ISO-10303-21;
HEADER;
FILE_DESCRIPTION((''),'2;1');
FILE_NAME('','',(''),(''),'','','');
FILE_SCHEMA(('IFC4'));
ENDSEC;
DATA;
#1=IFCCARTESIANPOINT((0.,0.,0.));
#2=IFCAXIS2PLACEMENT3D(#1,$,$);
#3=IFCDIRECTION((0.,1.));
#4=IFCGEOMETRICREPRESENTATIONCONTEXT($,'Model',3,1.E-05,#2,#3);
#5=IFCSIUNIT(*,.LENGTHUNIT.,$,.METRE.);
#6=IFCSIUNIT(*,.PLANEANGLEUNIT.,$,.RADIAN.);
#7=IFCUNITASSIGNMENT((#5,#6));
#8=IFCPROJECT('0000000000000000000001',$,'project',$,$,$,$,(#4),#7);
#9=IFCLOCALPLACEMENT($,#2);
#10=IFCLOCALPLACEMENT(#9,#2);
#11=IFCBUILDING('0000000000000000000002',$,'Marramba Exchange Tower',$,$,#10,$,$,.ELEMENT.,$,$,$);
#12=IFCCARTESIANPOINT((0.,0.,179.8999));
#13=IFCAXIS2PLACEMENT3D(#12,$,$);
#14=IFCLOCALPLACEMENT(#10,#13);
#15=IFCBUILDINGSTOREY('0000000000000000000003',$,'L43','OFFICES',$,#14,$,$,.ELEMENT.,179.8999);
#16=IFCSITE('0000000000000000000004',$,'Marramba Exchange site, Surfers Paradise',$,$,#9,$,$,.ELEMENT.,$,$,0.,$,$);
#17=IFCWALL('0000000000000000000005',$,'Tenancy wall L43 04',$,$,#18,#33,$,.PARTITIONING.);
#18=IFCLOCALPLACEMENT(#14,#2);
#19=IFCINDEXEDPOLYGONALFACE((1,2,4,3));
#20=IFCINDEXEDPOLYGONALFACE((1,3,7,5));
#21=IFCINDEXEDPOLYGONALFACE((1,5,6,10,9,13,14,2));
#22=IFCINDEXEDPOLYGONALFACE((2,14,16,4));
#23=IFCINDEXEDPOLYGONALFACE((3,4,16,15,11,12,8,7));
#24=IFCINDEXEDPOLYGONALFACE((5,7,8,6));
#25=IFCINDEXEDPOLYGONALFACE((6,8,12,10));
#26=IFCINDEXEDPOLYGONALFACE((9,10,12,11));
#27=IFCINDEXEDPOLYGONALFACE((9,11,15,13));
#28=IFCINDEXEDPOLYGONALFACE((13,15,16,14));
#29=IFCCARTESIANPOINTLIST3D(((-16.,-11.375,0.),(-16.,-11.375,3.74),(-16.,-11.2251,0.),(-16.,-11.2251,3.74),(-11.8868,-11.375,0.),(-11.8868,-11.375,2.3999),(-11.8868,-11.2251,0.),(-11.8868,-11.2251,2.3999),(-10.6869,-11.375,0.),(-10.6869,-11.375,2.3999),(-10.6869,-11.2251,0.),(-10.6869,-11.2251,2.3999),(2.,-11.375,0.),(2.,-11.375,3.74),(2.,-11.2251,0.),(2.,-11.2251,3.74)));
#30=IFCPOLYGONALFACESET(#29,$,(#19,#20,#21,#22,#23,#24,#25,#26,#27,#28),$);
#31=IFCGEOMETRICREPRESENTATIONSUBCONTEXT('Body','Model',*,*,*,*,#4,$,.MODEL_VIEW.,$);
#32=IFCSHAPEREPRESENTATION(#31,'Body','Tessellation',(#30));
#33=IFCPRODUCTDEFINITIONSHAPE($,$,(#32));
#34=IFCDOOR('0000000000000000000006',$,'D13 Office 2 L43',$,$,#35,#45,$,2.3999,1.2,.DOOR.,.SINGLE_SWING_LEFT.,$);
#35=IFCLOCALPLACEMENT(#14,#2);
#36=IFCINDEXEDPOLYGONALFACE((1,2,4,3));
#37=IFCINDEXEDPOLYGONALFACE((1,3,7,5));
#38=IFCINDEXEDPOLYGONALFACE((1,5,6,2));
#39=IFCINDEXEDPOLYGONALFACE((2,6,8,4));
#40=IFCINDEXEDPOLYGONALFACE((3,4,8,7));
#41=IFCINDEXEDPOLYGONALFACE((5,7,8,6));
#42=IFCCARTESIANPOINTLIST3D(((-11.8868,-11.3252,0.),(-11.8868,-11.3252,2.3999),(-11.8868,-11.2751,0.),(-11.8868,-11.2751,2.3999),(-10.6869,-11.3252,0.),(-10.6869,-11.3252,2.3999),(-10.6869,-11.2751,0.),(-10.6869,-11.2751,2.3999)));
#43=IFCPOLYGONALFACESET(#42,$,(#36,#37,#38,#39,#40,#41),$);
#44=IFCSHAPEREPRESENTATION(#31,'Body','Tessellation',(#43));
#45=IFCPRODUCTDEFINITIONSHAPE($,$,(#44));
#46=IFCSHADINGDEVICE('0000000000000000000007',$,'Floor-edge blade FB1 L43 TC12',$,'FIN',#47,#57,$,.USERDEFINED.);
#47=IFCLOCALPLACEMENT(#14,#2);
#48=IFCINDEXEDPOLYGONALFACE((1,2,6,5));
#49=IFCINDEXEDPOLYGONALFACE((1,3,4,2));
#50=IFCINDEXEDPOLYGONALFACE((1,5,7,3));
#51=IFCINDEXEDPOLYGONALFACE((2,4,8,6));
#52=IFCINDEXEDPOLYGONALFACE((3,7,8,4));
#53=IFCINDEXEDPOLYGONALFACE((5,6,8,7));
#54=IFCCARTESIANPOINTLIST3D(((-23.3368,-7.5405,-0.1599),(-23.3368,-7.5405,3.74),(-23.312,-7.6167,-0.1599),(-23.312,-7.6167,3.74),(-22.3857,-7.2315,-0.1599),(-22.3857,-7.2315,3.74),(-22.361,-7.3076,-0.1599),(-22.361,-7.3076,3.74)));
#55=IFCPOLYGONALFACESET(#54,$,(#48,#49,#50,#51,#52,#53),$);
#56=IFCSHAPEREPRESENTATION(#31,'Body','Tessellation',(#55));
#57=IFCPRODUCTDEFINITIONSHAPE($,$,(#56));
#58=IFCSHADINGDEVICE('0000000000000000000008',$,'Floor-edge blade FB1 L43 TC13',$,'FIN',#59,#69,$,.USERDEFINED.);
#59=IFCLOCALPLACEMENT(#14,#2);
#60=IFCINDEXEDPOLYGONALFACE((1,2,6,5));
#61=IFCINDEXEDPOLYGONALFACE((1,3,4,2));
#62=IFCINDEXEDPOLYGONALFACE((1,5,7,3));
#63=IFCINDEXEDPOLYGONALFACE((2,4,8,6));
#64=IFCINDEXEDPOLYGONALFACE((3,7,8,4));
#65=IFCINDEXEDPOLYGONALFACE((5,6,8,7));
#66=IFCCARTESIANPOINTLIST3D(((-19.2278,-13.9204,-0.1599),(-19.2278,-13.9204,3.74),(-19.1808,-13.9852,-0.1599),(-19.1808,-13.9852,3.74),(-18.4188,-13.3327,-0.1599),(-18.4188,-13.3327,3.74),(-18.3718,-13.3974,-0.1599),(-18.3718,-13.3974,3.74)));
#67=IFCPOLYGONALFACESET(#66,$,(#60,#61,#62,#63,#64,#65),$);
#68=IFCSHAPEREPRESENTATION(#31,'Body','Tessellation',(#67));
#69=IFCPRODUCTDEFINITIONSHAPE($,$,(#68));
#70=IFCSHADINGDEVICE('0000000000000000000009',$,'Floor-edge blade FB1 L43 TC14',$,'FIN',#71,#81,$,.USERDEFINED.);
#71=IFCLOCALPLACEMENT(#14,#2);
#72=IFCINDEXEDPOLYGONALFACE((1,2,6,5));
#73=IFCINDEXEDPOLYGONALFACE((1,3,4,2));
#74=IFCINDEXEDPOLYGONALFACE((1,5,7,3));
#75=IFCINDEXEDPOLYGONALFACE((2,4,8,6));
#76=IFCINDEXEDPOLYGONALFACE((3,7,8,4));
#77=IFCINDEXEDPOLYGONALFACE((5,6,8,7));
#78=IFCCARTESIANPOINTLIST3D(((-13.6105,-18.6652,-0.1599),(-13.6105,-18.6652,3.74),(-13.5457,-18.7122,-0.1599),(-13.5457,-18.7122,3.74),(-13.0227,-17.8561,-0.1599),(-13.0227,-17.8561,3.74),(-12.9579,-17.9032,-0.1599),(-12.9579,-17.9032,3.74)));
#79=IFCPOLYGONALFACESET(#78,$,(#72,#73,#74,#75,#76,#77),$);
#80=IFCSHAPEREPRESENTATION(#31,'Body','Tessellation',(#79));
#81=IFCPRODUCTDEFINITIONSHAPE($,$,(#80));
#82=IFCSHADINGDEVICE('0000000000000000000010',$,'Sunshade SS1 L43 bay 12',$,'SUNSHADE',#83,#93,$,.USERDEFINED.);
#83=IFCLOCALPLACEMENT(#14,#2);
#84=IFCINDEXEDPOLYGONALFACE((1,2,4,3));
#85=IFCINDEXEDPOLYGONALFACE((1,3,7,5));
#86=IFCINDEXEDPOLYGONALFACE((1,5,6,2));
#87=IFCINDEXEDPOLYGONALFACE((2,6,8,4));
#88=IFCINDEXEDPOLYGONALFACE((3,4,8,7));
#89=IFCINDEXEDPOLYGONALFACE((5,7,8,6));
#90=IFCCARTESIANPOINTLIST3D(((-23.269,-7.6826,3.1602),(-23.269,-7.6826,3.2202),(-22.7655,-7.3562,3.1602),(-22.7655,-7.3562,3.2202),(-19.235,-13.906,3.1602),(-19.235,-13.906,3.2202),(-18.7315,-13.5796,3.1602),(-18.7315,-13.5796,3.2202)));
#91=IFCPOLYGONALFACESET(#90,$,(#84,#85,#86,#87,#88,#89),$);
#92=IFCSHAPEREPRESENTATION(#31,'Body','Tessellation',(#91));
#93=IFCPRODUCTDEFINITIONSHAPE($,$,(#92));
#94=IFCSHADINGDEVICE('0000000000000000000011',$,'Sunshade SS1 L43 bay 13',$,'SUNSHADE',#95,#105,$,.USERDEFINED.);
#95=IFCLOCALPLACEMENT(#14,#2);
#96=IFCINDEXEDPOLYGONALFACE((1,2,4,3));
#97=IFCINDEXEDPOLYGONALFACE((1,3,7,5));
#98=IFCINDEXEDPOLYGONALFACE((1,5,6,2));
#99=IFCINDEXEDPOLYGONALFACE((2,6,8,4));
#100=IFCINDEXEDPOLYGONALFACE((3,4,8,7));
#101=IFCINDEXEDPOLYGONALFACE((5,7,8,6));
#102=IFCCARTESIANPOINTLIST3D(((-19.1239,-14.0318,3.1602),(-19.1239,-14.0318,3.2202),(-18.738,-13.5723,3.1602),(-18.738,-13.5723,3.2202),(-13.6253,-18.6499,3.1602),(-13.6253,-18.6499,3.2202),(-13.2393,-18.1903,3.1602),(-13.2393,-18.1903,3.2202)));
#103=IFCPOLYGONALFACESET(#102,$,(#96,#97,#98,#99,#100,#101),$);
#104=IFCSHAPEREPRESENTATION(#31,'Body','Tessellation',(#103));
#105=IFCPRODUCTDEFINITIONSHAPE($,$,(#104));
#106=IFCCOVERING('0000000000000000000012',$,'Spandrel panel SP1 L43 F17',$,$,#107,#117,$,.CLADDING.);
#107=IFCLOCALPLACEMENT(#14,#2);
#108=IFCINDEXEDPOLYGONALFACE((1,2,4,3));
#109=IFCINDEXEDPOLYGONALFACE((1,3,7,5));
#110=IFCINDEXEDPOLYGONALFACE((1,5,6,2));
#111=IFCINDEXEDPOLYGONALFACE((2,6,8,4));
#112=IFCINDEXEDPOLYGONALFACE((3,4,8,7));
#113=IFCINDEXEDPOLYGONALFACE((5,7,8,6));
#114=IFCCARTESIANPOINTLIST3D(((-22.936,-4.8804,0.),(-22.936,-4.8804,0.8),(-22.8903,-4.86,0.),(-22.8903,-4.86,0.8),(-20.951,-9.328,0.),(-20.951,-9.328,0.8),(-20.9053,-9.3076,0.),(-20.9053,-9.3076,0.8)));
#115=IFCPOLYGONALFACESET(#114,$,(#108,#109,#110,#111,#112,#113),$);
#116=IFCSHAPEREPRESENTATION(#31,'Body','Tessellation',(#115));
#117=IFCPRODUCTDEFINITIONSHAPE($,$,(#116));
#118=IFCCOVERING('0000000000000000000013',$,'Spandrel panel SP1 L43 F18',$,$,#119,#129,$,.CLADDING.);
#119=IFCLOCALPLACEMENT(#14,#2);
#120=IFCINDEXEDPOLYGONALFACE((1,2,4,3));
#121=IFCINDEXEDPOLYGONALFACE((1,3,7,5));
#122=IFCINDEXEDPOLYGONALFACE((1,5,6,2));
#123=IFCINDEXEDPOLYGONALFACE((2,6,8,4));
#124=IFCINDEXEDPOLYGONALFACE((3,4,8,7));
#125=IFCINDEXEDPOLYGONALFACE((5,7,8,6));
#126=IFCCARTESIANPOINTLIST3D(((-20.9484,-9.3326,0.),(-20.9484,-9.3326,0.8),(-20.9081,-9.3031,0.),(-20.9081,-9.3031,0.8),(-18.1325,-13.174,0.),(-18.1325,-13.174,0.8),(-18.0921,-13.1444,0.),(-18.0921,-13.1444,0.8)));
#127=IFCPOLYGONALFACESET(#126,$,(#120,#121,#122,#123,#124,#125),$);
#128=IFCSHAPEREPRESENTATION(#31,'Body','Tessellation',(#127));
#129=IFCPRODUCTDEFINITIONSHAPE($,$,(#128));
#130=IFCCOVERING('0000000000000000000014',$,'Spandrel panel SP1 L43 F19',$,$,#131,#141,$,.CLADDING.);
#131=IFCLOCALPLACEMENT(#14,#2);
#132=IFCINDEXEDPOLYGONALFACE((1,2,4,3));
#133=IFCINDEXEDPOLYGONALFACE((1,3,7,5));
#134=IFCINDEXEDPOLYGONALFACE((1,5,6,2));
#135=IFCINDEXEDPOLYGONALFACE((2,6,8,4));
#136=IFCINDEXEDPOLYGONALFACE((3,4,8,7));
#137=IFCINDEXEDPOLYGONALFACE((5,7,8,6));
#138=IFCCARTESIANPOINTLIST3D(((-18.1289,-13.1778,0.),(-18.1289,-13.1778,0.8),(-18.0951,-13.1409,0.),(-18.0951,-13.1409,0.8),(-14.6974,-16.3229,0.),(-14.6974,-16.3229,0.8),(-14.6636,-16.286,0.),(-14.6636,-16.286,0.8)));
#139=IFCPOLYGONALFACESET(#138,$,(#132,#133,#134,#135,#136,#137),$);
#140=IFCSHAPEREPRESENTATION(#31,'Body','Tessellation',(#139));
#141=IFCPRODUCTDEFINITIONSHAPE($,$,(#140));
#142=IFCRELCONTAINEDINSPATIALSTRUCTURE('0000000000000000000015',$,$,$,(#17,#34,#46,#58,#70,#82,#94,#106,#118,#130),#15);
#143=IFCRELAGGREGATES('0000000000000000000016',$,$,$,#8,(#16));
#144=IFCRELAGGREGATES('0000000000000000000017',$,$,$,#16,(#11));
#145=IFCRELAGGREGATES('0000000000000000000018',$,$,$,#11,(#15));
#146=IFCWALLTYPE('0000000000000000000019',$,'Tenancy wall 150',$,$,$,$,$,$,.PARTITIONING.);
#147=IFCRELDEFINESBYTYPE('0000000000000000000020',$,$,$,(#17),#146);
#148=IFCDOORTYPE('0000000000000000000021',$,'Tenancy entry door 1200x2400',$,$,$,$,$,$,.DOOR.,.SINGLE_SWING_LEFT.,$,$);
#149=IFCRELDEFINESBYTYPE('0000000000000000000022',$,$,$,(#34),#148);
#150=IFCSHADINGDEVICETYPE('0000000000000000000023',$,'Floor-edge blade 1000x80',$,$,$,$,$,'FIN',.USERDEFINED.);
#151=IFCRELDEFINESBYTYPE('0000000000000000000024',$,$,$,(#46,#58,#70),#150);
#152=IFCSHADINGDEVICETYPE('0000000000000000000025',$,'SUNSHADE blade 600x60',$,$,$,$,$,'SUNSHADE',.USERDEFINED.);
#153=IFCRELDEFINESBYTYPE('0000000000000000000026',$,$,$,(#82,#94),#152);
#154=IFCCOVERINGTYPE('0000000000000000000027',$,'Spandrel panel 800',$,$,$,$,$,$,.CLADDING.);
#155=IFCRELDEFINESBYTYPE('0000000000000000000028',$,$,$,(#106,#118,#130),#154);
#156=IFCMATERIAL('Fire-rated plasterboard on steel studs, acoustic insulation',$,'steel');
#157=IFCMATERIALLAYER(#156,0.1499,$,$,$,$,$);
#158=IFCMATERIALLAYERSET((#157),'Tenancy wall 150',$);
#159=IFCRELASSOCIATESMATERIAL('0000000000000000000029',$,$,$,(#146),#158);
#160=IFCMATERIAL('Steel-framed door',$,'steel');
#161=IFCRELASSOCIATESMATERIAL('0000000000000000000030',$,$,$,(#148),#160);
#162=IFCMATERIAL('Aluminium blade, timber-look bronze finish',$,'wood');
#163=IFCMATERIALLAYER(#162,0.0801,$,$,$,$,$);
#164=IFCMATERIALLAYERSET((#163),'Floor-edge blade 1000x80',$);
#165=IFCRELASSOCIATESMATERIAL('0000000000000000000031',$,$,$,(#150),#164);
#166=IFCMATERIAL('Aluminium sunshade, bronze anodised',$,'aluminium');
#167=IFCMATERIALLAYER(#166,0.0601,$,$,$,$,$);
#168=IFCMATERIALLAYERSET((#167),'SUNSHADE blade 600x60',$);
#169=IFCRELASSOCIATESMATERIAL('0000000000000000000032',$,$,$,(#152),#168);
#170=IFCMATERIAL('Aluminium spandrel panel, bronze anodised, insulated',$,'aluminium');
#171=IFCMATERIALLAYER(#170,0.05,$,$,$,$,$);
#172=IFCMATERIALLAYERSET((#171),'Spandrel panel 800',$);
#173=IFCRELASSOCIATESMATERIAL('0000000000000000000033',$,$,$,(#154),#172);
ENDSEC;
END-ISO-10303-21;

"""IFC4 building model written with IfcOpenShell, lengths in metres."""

from ifc_helpers import new_model, si_unit, direction, frame, frame_2d, origin, origin_2d, place, context, subcontext, project, spatial, rectangle, extrude, material, layer, layer_set, type_object, element, fill, save


model = new_model("IFC4")

# Units and contexts
model_context = context("Model", 3, precision=1e-05, world=origin(), true_north=direction((0.0, 1.0)))
body_context = subcontext(model_context, "Body", "Model", "MODEL_VIEW")
ifc_project = project(units=[si_unit("LENGTHUNIT", "METRE"), si_unit("PLANEANGLEUNIT", "RADIAN")], contexts=[model_context])

# Site, building, storey
site_placement = place(None, origin())
site = spatial("IfcSite", under=ifc_project, at=site_placement, Name="Marramba Exchange site, Surfers Paradise", CompositionType="ELEMENT", RefElevation=0.0)
building_placement = place(site_placement, origin())
building = spatial("IfcBuilding", under=site, at=building_placement, Name="Marramba Exchange Tower", CompositionType="ELEMENT")
storey_placement = place(building_placement, frame((0.0, 0.0, 179.8999)))
storey = spatial("IfcBuildingStorey", under=building, at=storey_placement, Name="L43", Description="OFFICES", CompositionType="ELEMENT", Elevation=179.8999)

# Shared definitions
ifc_material_1 = material(Name="Steel-framed door", Category="steel")

# Wall, opening, door
ifc_material_2 = material(Name="Fire-rated plasterboard on steel studs, acoustic insulation", Category="steel")
ifc_layer_1 = layer(ifc_material_2, 0.1499)
ifc_layer_set_1 = layer_set([ifc_layer_1], Name="Tenancy wall 150")
wall_type_1 = type_object("IfcWallType", Name="Tenancy wall 150", PredefinedType="PARTITIONING", material=ifc_layer_set_1)
wall_1_placement = place(storey_placement, frame((-16.0, -11.3, 0.0), z_axis=(0.0, 0.0, 1.0), x_axis=(1.0, 0.0, 0.0)))
wall_1 = element("IfcWall", 1, at=wall_1_placement, inside=storey, type_object=wall_type_1, Name="Tenancy wall L43 04", PredefinedType="PARTITIONING", context=body_context, shape_type="SweptSolid", body=[
    extrude(rectangle(XDim=18.0, YDim=0.1499, at=frame_2d((9.0, 0.0))), origin(), (0.0, 0.0, 1.0), 3.74),
])
opening_1_placement = place(wall_1_placement, frame((4.113, 0.0, 0.0)))
opening_1 = element("IfcOpeningElement", 2, at=opening_1_placement, cuts=wall_1, PredefinedType="OPENING", context=body_context, shape_type="SweptSolid", body=[
    extrude(rectangle(XDim=1.2, YDim=2.3999, at=frame_2d((0.6001, 1.2))), frame((0.0, 0.085, 0.0), z_axis=(0.0, -1.0, 0.0), x_axis=(1.0, 0.0, 0.0)), (0.0, 0.0, 1.0), 0.1699),
])
door_type_1 = type_object("IfcDoorType", Name="Tenancy entry door 1200x2400", OperationType="SINGLE_SWING_LEFT", PredefinedType="DOOR", material=ifc_material_1)
door_1_placement = place(opening_1_placement, origin())
door_1 = element("IfcDoor", 3, at=door_1_placement, inside=storey, type_object=door_type_1, Name="D13 Office 2 L43", OperationType="SINGLE_SWING_LEFT", OverallHeight=2.3999, OverallWidth=1.2, PredefinedType="DOOR", context=body_context, shape_type="SweptSolid", body=[
    extrude(rectangle(XDim=1.2, YDim=2.3999, at=frame_2d((0.6001, 1.2))), frame((0.0, 0.0249, 0.0), z_axis=(0.0, -1.0, 0.0), x_axis=(1.0, 0.0, 0.0)), (0.0, 0.0, 1.0), 0.05),
])
fill(opening_1, door_1)

# Shading devices
ifc_material_3 = material(Name="Aluminium blade, timber-look bronze finish", Category="wood")
ifc_layer_2 = layer(ifc_material_3, 0.0801)
ifc_layer_set_2 = layer_set([ifc_layer_2], Name="Floor-edge blade 1000x80")
shading_device_type_1 = type_object("IfcShadingDeviceType", Name="Floor-edge blade 1000x80", ElementType="FIN", PredefinedType="USERDEFINED", material=ifc_layer_set_2)
for number, where, z_axis, x_axis, name in (
    (4, (-22.8489, -7.4241, -0.1599), (0.0, 0.0, 1.0), (-0.951057, -0.309017, 0.0), "Floor-edge blade FB1 L43 TC12"),
    (5, (-18.7998, -13.6589, -0.1599), (0.0, 0.0, 1.0), (-0.809017, -0.587785, 0.0), "Floor-edge blade FB1 L43 TC13"),
    (6, (-13.2842, -18.2842, -0.1599), (0.0, 0.0, 1.0), (-0.587785, -0.809017, 0.0), "Floor-edge blade FB1 L43 TC14"),
):
    element("IfcShadingDevice", number, at=place(storey_placement, frame(where, z_axis=z_axis, x_axis=x_axis)), inside=storey, type_object=shading_device_type_1, Name=name, ObjectType="FIN", PredefinedType="USERDEFINED", context=body_context, shape_type="SweptSolid", body=[
        extrude(rectangle(XDim=1.0, YDim=0.0801, at=origin_2d()), origin(), (0.0, 0.0, 1.0), 3.8999),
    ])
ifc_material_4 = material(Name="Aluminium sunshade, bronze anodised", Category="aluminium")
ifc_layer_3 = layer(ifc_material_4, 0.0601)
ifc_layer_set_3 = layer_set([ifc_layer_3], Name="SUNSHADE blade 600x60")
shading_device_type_2 = type_object("IfcShadingDeviceType", Name="SUNSHADE blade 600x60", ElementType="SUNSHADE", PredefinedType="USERDEFINED", material=ifc_layer_set_3)
shading_device_1_placement = place(storey_placement, frame((-21.0002, -10.6311, 3.1602), z_axis=(0.0, 0.0, 1.0), x_axis=(0.543922, -0.839136, 0.0)))
element("IfcShadingDevice", 7, at=shading_device_1_placement, inside=storey, type_object=shading_device_type_2, Name="Sunshade SS1 L43 bay 12", ObjectType="SUNSHADE", PredefinedType="USERDEFINED", context=body_context, shape_type="SweptSolid", body=[
    extrude(rectangle(XDim=7.4165, YDim=0.6001, at=origin_2d()), origin(), (0.0, 0.0, 1.0), 0.0601),
])
shading_device_2_placement = place(storey_placement, frame((-16.1816, -16.1111, 3.1602), z_axis=(0.0, 0.0, 1.0), x_axis=(0.765762, -0.643124, 0.0)))
element("IfcShadingDevice", 8, at=shading_device_2_placement, inside=storey, type_object=shading_device_type_2, Name="Sunshade SS1 L43 bay 13", ObjectType="SUNSHADE", PredefinedType="USERDEFINED", context=body_context, shape_type="SweptSolid", body=[
    extrude(rectangle(XDim=7.1807, YDim=0.6001, at=origin_2d()), origin(), (0.0, 0.0, 1.0), 0.0601),
])

# Coverings
ifc_material_5 = material(Name="Aluminium spandrel panel, bronze anodised, insulated", Category="aluminium")
ifc_layer_4 = layer(ifc_material_5, 0.05)
ifc_layer_set_4 = layer_set([ifc_layer_4], Name="Spandrel panel 800")
covering_type = type_object("IfcCoveringType", Name="Spandrel panel 800", PredefinedType="CLADDING", material=ifc_layer_set_4)
covering_1_placement = place(storey_placement, frame((-21.9207, -7.094, 0.0), z_axis=(0.0, 0.0, 1.0), x_axis=(0.407558, -0.91318, 0.0)))
element("IfcCovering", 9, at=covering_1_placement, inside=storey, type_object=covering_type, Name="Spandrel panel SP1 L43 F17", PredefinedType="CLADDING", context=body_context, shape_type="SweptSolid", body=[
    extrude(rectangle(XDim=4.8704, YDim=0.05, at=origin_2d()), origin(), (0.0, 0.0, 1.0), 0.8),
])
covering_2_placement = place(storey_placement, frame((-19.5203, -11.2385, 0.0), z_axis=(0.0, 0.0, 1.0), x_axis=(0.591223, -0.806508, 0.0)))
element("IfcCovering", 10, at=covering_2_placement, inside=storey, type_object=covering_type, Name="Spandrel panel SP1 L43 F18", PredefinedType="CLADDING", context=body_context, shape_type="SweptSolid", body=[
    extrude(rectangle(XDim=4.7629, YDim=0.05, at=origin_2d()), origin(), (0.0, 0.0, 1.0), 0.8),
])
covering_3_placement = place(storey_placement, frame((-16.3962, -14.7319, 0.0), z_axis=(0.0, 0.0, 1.0), x_axis=(0.737203, -0.675671, 0.0)))
element("IfcCovering", 11, at=covering_3_placement, inside=storey, type_object=covering_type, Name="Spandrel panel SP1 L43 F19", PredefinedType="CLADDING", context=body_context, shape_type="SweptSolid", body=[
    extrude(rectangle(XDim=4.6548, YDim=0.05, at=origin_2d()), origin(), (0.0, 0.0, 1.0), 0.8),
])

save(model, "model.ifc")
